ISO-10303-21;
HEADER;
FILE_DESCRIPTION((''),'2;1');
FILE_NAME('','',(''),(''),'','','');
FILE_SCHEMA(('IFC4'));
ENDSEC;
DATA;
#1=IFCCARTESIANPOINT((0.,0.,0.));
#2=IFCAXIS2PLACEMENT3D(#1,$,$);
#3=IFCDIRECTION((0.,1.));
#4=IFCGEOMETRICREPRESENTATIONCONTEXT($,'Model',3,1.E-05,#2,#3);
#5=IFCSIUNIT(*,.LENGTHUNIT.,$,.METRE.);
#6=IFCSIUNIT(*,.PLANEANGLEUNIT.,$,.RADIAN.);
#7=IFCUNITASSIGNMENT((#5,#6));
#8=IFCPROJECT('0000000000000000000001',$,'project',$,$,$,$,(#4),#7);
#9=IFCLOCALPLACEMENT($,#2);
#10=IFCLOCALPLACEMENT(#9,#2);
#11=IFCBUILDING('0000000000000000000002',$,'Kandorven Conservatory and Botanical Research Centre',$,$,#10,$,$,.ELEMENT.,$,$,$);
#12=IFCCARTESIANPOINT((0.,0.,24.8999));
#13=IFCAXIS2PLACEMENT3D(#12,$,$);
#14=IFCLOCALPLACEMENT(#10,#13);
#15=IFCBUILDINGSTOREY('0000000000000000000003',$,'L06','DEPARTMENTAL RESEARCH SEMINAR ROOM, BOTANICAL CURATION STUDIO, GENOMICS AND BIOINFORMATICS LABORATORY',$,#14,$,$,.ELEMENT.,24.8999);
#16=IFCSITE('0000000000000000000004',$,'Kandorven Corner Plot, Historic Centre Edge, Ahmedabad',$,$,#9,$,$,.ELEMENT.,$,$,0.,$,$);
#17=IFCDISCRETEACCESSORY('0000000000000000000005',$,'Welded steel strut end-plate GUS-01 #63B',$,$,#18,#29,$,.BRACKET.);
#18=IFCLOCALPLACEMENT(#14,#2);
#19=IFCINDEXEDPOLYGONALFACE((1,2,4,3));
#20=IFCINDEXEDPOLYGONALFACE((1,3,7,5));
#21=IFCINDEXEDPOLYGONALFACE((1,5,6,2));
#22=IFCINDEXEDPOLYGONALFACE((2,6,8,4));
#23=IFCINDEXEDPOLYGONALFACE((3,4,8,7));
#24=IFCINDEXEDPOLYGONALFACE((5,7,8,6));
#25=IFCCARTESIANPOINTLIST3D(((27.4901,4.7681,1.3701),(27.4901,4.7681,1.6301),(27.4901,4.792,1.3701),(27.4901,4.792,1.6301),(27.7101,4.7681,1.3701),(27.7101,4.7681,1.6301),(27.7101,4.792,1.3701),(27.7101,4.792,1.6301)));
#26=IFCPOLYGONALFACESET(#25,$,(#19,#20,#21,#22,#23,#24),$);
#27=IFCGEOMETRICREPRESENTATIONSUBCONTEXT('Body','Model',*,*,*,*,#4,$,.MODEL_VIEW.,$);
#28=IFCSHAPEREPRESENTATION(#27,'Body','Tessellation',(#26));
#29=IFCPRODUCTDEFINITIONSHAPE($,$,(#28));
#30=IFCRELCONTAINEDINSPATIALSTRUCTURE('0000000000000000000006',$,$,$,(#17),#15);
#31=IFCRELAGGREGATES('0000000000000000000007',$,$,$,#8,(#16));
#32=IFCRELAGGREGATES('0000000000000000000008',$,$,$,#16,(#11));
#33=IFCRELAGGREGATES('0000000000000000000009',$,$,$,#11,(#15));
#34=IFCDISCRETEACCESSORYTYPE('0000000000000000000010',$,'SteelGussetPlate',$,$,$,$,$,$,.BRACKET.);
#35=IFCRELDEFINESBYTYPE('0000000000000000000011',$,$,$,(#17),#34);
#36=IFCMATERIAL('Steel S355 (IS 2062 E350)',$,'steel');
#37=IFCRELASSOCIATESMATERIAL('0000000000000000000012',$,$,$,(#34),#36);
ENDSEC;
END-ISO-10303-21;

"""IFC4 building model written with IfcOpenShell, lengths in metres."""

from ifc_helpers import new_model, si_unit, direction, frame, origin, origin_2d, place, context, subcontext, project, spatial, rectangle, extrude, material, type_object, element, save


model = new_model("IFC4")

# Units and contexts
model_context = context("Model", 3, precision=1e-05, world=origin(), true_north=direction((0.0, 1.0)))
body_context = subcontext(model_context, "Body", "Model", "MODEL_VIEW")
ifc_project = project(units=[si_unit("LENGTHUNIT", "METRE"), si_unit("PLANEANGLEUNIT", "RADIAN")], contexts=[model_context])

# Site, building, storey
site_placement = place(None, origin())
site = spatial("IfcSite", under=ifc_project, at=site_placement, Name="Kandorven Corner Plot, Historic Centre Edge, Ahmedabad", CompositionType="ELEMENT", RefElevation=0.0)
building_placement = place(site_placement, origin())
building = spatial("IfcBuilding", under=site, at=building_placement, Name="Kandorven Conservatory and Botanical Research Centre", CompositionType="ELEMENT")
storey_placement = place(building_placement, frame((0.0, 0.0, 24.8999)))
storey = spatial("IfcBuildingStorey", under=building, at=storey_placement, Name="L06", Description="DEPARTMENTAL RESEARCH SEMINAR ROOM, BOTANICAL CURATION STUDIO, GENOMICS AND BIOINFORMATICS LABORATORY", CompositionType="ELEMENT", Elevation=24.8999)

# Discrete accessory
ifc_material_1 = material(Name="Steel S355 (IS 2062 E350)", Category="steel")
discrete_accessory_type_1 = type_object("IfcDiscreteAccessoryType", Name="SteelGussetPlate", PredefinedType="BRACKET", material=ifc_material_1)
for number, where, z_axis, x_axis, name in (
    (1, (27.6001, 4.78, 1.3701), (0.0, 0.0, 1.0), (1.0, 0.0, 0.0), "Welded steel strut end-plate GUS-01 #63B"),
):
    element("IfcDiscreteAccessory", number, at=place(storey_placement, frame(where, z_axis=z_axis, x_axis=x_axis)), inside=storey, type_object=discrete_accessory_type_1, Name=name, PredefinedType="BRACKET", context=body_context, shape_type="SweptSolid", body=[
        extrude(rectangle(XDim=0.22, YDim=0.0239, at=origin_2d()), origin(), (0.0, 0.0, 1.0), 0.26),
    ])

save(model, "model.ifc")
